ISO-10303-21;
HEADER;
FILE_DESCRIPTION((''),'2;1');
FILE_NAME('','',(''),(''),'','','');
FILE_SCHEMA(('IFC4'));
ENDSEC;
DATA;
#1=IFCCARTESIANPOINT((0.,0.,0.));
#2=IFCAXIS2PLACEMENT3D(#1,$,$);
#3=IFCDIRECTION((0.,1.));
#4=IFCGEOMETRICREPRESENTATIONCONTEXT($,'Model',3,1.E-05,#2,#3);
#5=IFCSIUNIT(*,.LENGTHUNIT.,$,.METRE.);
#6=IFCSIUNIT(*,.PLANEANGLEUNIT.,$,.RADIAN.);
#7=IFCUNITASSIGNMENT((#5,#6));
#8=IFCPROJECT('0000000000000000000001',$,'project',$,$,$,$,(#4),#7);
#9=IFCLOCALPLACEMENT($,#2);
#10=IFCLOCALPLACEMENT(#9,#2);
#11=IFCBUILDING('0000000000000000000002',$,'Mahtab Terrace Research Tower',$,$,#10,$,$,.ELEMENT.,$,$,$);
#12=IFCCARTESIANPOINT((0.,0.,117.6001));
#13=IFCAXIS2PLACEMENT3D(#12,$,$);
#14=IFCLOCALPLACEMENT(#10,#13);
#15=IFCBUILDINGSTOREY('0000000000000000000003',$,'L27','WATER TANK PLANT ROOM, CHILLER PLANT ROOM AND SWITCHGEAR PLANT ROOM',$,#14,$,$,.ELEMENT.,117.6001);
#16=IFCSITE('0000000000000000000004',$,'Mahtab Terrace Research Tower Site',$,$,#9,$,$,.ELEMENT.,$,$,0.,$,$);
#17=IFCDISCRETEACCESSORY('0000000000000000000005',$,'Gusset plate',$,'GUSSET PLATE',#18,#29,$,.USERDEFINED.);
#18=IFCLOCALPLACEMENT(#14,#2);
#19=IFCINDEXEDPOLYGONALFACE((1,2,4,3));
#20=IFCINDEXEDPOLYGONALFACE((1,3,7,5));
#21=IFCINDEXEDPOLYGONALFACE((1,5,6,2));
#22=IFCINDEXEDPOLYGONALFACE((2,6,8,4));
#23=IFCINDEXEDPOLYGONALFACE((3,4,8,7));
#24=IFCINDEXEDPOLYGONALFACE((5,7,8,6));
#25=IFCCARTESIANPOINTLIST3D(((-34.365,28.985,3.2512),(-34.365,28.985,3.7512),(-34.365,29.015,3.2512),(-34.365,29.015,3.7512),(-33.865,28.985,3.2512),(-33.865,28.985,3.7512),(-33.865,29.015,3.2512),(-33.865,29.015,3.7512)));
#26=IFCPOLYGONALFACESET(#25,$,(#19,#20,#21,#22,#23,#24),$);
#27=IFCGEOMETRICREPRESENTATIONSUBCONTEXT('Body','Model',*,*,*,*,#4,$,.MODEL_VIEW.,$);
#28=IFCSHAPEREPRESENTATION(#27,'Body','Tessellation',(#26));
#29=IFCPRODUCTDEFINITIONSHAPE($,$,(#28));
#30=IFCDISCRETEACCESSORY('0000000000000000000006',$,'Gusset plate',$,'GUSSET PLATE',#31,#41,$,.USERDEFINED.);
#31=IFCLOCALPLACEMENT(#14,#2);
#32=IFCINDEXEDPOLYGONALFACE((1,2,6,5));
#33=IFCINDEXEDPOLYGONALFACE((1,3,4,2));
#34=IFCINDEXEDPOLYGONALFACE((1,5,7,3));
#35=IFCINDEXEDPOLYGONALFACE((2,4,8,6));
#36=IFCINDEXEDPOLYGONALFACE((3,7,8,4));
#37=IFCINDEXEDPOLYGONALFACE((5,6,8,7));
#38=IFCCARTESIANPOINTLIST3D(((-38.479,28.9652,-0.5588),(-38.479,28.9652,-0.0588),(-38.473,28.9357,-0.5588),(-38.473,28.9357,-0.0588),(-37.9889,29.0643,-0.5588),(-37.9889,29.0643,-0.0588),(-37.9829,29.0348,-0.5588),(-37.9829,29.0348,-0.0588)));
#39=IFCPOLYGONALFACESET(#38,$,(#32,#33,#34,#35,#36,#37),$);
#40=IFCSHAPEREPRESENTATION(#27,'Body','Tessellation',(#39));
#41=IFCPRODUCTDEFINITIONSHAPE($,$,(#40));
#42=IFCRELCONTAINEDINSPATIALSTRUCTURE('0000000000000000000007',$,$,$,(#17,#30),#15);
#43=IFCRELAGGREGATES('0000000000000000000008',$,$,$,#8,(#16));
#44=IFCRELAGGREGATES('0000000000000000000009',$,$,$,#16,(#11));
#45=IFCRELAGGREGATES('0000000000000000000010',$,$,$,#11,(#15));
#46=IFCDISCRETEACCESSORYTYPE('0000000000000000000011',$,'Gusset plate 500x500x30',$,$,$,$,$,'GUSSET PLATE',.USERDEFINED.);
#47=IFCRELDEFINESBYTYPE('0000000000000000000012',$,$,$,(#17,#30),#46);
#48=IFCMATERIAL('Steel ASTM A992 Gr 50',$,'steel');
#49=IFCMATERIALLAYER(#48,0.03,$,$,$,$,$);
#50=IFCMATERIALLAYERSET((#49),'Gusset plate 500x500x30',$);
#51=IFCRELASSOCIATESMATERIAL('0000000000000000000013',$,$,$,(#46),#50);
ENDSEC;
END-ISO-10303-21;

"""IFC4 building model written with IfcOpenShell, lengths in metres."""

from ifc_helpers import new_model, si_unit, direction, frame, origin, origin_2d, place, context, subcontext, project, spatial, rectangle, extrude, material, layer, layer_set, type_object, element, save


model = new_model("IFC4")

# Units and contexts
model_context = context("Model", 3, precision=1e-05, world=origin(), true_north=direction((0.0, 1.0)))
body_context = subcontext(model_context, "Body", "Model", "MODEL_VIEW")
ifc_project = project(units=[si_unit("LENGTHUNIT", "METRE"), si_unit("PLANEANGLEUNIT", "RADIAN")], contexts=[model_context])

# Site, building, storey
site_placement = place(None, origin())
site = spatial("IfcSite", under=ifc_project, at=site_placement, Name="Mahtab Terrace Research Tower Site", CompositionType="ELEMENT", RefElevation=0.0)
building_placement = place(site_placement, origin())
building = spatial("IfcBuilding", under=site, at=building_placement, Name="Mahtab Terrace Research Tower", CompositionType="ELEMENT")
storey_placement = place(building_placement, frame((0.0, 0.0, 117.6001)))
storey = spatial("IfcBuildingStorey", under=building, at=storey_placement, Name="L27", Description="WATER TANK PLANT ROOM, CHILLER PLANT ROOM AND SWITCHGEAR PLANT ROOM", CompositionType="ELEMENT", Elevation=117.6001)

# Shared definitions
ifc_material_1 = material(Name="Steel ASTM A992 Gr 50", Category="steel")

# Discrete accessories
ifc_layer = layer(ifc_material_1, 0.03)
ifc_layer_set = layer_set([ifc_layer], Name="Gusset plate 500x500x30")
discrete_accessory_type_1 = type_object("IfcDiscreteAccessoryType", Name="Gusset plate 500x500x30", ElementType="GUSSET PLATE", PredefinedType="USERDEFINED", material=ifc_layer_set)
for number, where, z_axis, x_axis, name in (
    (1, (-34.115, 29.0, 3.2512), (0.0, 0.0, 1.0), (1.0, 0.0, 0.0), "Gusset plate"),
    (2, (-38.231, 29.0, -0.5588), (0.0, 0.0, 1.0), (0.980154, 0.198239, 0.0), "Gusset plate"),
):
    element("IfcDiscreteAccessory", number, at=place(storey_placement, frame(where, z_axis=z_axis, x_axis=x_axis)), inside=storey, type_object=discrete_accessory_type_1, Name=name, ObjectType="GUSSET PLATE", PredefinedType="USERDEFINED", context=body_context, shape_type="SweptSolid", body=[
        extrude(rectangle(XDim=0.5, YDim=0.03, at=origin_2d()), origin(), (0.0, 0.0, 1.0), 0.5),
    ])

save(model, "model.ifc")
